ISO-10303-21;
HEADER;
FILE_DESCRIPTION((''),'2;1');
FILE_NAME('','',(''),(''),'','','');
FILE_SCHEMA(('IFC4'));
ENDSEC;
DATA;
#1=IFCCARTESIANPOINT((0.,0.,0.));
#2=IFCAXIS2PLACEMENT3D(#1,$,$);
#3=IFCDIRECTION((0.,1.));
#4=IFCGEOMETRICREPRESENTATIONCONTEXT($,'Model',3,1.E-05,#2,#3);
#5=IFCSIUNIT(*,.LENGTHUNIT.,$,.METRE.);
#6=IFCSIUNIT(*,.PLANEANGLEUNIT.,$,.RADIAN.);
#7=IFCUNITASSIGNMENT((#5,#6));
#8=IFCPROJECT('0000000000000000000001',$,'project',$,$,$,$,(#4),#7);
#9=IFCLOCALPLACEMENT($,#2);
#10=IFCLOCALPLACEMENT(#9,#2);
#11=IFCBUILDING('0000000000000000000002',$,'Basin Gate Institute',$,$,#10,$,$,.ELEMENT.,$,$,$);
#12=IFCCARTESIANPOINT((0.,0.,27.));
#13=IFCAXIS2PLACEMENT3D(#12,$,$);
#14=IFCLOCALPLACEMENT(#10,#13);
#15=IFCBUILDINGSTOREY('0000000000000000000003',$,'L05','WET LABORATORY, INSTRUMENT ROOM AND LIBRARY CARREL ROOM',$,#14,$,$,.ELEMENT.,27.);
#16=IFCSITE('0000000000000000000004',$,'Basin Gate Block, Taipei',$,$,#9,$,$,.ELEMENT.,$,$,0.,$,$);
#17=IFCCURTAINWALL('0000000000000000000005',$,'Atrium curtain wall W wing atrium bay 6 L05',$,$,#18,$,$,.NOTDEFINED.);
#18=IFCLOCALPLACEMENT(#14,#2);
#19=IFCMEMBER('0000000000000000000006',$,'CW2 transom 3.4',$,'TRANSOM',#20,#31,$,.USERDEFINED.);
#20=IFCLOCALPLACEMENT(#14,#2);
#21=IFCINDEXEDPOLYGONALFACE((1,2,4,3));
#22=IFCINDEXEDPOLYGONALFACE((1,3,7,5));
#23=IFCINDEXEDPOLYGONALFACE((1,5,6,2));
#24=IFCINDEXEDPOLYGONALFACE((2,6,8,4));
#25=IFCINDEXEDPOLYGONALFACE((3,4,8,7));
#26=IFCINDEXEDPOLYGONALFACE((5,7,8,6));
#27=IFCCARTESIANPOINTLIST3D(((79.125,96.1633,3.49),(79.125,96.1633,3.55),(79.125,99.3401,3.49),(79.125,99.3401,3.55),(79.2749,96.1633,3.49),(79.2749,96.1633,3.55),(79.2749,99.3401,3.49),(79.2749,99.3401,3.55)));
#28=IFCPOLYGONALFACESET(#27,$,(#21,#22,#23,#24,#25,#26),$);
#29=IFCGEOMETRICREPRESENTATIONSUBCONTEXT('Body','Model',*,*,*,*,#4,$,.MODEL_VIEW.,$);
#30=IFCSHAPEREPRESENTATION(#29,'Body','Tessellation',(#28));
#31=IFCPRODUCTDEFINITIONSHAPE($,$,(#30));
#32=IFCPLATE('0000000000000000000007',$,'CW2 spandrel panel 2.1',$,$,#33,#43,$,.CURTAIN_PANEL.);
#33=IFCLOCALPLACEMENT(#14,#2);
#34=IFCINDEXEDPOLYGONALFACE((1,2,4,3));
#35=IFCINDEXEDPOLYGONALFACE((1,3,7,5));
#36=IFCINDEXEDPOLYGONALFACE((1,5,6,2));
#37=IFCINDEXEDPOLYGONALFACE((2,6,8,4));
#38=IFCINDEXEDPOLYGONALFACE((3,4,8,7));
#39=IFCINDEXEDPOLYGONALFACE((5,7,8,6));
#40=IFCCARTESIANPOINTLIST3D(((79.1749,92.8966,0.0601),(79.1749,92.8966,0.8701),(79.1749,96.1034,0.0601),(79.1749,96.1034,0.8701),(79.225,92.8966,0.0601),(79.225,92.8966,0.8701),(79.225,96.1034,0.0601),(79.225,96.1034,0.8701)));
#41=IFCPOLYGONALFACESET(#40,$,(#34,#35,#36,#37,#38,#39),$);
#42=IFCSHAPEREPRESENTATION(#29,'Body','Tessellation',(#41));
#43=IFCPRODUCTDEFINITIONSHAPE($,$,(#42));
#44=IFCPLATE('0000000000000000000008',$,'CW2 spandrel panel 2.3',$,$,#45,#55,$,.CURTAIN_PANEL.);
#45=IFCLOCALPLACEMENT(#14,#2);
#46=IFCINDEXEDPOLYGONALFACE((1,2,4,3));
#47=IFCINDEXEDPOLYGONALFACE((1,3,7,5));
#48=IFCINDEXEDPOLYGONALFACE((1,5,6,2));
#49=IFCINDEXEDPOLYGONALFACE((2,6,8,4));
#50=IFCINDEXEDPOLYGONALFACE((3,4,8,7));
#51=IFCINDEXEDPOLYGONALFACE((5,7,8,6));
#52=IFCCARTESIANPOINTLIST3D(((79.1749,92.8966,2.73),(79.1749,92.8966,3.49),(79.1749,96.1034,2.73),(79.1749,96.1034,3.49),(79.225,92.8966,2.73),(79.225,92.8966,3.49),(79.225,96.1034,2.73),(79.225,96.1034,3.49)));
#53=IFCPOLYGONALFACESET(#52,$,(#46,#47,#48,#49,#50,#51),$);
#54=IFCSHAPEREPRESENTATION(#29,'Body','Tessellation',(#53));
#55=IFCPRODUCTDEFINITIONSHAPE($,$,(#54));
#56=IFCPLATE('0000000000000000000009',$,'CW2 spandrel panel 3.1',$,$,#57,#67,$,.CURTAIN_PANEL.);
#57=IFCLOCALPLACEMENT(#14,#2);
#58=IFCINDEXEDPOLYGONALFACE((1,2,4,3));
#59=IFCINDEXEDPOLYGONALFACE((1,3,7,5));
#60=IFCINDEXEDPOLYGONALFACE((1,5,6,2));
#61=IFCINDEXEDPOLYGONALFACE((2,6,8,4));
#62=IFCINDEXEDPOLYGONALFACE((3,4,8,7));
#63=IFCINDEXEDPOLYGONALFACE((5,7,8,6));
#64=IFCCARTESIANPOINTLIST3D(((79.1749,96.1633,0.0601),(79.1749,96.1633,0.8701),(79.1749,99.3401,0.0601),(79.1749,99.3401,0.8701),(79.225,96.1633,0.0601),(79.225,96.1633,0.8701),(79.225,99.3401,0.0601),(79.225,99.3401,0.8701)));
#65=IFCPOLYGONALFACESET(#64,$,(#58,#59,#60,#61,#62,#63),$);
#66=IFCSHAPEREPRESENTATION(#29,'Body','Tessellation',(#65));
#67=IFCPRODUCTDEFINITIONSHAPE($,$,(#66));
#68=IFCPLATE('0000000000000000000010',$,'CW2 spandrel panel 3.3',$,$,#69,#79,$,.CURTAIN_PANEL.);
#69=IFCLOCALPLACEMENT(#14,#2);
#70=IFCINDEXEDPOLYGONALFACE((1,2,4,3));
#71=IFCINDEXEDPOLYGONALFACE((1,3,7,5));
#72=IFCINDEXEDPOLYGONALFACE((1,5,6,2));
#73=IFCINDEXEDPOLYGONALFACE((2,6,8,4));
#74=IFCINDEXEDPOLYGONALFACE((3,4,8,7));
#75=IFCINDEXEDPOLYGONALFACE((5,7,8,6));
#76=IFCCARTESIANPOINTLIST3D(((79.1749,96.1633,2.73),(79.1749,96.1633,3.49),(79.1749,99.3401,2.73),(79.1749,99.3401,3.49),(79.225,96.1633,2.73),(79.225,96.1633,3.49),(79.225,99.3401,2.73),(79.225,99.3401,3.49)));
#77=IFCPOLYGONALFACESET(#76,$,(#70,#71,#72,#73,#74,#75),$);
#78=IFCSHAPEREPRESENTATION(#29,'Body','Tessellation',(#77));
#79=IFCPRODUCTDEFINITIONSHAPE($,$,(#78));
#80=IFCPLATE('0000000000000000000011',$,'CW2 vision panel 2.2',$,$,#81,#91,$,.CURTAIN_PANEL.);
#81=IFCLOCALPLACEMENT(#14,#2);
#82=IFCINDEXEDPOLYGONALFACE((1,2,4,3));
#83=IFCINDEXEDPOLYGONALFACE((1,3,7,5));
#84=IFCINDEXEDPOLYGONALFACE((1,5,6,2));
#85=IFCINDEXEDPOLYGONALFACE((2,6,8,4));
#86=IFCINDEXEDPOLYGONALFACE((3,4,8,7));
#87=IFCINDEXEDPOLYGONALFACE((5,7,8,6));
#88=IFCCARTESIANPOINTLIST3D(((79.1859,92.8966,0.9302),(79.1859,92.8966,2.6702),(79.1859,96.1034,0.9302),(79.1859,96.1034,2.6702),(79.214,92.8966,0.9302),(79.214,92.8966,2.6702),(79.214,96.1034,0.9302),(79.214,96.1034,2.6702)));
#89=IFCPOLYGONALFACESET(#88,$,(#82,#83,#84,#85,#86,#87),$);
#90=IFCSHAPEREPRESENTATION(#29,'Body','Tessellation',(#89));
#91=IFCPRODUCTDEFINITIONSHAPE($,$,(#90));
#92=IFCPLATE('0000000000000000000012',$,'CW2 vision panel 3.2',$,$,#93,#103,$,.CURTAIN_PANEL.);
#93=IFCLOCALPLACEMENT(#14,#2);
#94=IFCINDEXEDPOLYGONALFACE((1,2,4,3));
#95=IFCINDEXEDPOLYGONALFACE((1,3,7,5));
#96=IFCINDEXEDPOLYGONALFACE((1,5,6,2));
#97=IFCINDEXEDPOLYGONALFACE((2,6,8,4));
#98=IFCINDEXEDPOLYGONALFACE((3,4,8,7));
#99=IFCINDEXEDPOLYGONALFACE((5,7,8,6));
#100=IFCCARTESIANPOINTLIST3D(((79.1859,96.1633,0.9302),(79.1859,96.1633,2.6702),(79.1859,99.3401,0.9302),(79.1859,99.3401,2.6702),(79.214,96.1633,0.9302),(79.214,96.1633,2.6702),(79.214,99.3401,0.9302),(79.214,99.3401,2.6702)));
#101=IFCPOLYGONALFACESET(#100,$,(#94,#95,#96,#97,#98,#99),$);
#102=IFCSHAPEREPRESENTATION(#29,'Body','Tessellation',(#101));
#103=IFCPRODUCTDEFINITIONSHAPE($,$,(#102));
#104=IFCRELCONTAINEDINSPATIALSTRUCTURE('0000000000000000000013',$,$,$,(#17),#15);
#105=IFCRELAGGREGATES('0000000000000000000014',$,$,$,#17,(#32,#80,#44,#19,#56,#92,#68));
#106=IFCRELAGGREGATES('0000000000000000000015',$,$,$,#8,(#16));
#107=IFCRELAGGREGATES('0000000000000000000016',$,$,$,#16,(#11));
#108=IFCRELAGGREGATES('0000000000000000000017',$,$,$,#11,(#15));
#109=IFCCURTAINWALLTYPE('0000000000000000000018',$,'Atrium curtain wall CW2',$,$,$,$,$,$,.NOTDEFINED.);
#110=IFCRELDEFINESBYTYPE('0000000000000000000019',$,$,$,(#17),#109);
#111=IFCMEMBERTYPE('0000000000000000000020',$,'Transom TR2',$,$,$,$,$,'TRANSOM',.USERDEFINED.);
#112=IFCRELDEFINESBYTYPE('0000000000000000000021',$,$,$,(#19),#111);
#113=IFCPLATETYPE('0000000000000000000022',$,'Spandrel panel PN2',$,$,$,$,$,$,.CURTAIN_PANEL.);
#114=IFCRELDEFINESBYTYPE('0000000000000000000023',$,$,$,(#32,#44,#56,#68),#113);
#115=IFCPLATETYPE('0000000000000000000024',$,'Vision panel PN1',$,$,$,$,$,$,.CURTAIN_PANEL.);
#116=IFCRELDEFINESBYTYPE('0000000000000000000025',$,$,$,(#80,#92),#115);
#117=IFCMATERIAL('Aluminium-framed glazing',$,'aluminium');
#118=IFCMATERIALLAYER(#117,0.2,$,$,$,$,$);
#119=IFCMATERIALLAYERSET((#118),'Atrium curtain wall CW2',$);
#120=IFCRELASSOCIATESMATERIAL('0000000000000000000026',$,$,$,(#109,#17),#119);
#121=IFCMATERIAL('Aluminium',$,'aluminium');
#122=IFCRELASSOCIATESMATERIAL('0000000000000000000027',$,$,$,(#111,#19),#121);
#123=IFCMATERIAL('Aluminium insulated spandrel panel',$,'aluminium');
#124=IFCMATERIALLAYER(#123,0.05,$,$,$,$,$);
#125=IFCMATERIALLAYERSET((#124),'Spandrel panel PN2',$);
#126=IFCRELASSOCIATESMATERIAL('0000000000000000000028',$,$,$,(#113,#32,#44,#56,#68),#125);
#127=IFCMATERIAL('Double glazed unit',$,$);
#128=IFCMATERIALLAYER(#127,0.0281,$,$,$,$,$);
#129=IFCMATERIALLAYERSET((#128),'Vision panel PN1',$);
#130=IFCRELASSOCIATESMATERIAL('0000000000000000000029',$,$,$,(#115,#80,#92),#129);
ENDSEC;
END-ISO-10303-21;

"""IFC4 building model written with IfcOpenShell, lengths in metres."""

from ifc_helpers import new_model, si_unit, direction, frame, origin, origin_2d, place, context, subcontext, project, spatial, rectangle, extrude, material, layer, layer_set, material_profile, profile_set, type_object, element, aggregate, save


model = new_model("IFC4")

# Units and contexts
model_context = context("Model", 3, precision=1e-05, world=origin(), true_north=direction((0.0, 1.0)))
body_context = subcontext(model_context, "Body", "Model", "MODEL_VIEW")
ifc_project = project(units=[si_unit("LENGTHUNIT", "METRE"), si_unit("PLANEANGLEUNIT", "RADIAN")], contexts=[model_context])

# Site, building, storey
site_placement = place(None, origin())
site = spatial("IfcSite", under=ifc_project, at=site_placement, Name="Basin Gate Block, Taipei", CompositionType="ELEMENT", RefElevation=0.0)
building_placement = place(site_placement, origin())
building = spatial("IfcBuilding", under=site, at=building_placement, Name="Basin Gate Institute", CompositionType="ELEMENT")
storey_placement = place(building_placement, frame((0.0, 0.0, 27.0)))
storey = spatial("IfcBuildingStorey", under=building, at=storey_placement, Name="L05", Description="WET LABORATORY, INSTRUMENT ROOM AND LIBRARY CARREL ROOM", CompositionType="ELEMENT", Elevation=27.0)

# Curtain wall, member, plates
ifc_material_1 = material(Name="Aluminium-framed glazing", Category="aluminium")
ifc_layer_1 = layer(ifc_material_1, 0.2)
ifc_layer_set_1 = layer_set([ifc_layer_1], Name="Atrium curtain wall CW2")
curtain_wall_type = type_object("IfcCurtainWallType", Name="Atrium curtain wall CW2", PredefinedType="NOTDEFINED", material=ifc_layer_set_1)
curtain_wall_placement = place(storey_placement, origin())
curtain_wall = element("IfcCurtainWall", 1, at=curtain_wall_placement, inside=storey, type_object=curtain_wall_type, material=ifc_layer_set_1, Name="Atrium curtain wall W wing atrium bay 6 L05", PredefinedType="NOTDEFINED")
ifc_material_2 = material(Name="Aluminium", Category="aluminium")
ifc_material_profile_1 = material_profile(ifc_material_2, rectangle(XDim=0.1499, YDim=0.0601, at=origin_2d()), Name="Transom TR2 150 x 60")
ifc_profile_set_1 = profile_set([ifc_material_profile_1], Name="Aluminium")
member_type_1 = type_object("IfcMemberType", Name="Transom TR2", ElementType="TRANSOM", PredefinedType="USERDEFINED", material=ifc_profile_set_1)
member_1_placement = place(storey_placement, frame((79.2, 96.1633, 3.52), z_axis=(0.0, 1.0, 0.0), x_axis=(-1.0, 0.0, 0.0)))
member_1 = element("IfcMember", 2, at=member_1_placement, type_object=member_type_1, material=ifc_profile_set_1, Name="CW2 transom 3.4", ObjectType="TRANSOM", PredefinedType="USERDEFINED", context=body_context, shape_type="SweptSolid", body=[
    extrude(rectangle(XDim=0.1499, YDim=0.0601, at=origin_2d()), origin(), (0.0, 0.0, 1.0), 3.1768),
])
ifc_material_3 = material(Name="Aluminium insulated spandrel panel", Category="aluminium")
ifc_layer_2 = layer(ifc_material_3, 0.05)
ifc_layer_set_2 = layer_set([ifc_layer_2], Name="Spandrel panel PN2")
plate_type_1 = type_object("IfcPlateType", Name="Spandrel panel PN2", PredefinedType="CURTAIN_PANEL", material=ifc_layer_set_2)
plate_1_placement = place(storey_placement, frame((79.2, 94.5, 0.0601), z_axis=(0.0, 0.0, 1.0), x_axis=(0.0, 1.0, 0.0)))
plate_1 = element("IfcPlate", 3, at=plate_1_placement, type_object=plate_type_1, material=ifc_layer_set_2, Name="CW2 spandrel panel 2.1", PredefinedType="CURTAIN_PANEL", context=body_context, shape_type="SweptSolid", body=[
    extrude(rectangle(XDim=3.2068, YDim=0.05, at=origin_2d()), origin(), (0.0, 0.0, 1.0), 0.8101),
])
plate_2_placement = place(storey_placement, frame((79.2, 94.5, 2.73), z_axis=(0.0, 0.0, 1.0), x_axis=(0.0, 1.0, 0.0)))
plate_2 = element("IfcPlate", 4, at=plate_2_placement, type_object=plate_type_1, material=ifc_layer_set_2, Name="CW2 spandrel panel 2.3", PredefinedType="CURTAIN_PANEL", context=body_context, shape_type="SweptSolid", body=[
    extrude(rectangle(XDim=3.2068, YDim=0.05, at=origin_2d()), origin(), (0.0, 0.0, 1.0), 0.76),
])
plate_3_placement = place(storey_placement, frame((79.2, 97.7517, 0.0601), z_axis=(0.0, 0.0, 1.0), x_axis=(0.0, 1.0, 0.0)))
plate_3 = element("IfcPlate", 5, at=plate_3_placement, type_object=plate_type_1, material=ifc_layer_set_2, Name="CW2 spandrel panel 3.1", PredefinedType="CURTAIN_PANEL", context=body_context, shape_type="SweptSolid", body=[
    extrude(rectangle(XDim=3.1768, YDim=0.05, at=origin_2d()), origin(), (0.0, 0.0, 1.0), 0.8101),
])
plate_4_placement = place(storey_placement, frame((79.2, 97.7517, 2.73), z_axis=(0.0, 0.0, 1.0), x_axis=(0.0, 1.0, 0.0)))
plate_4 = element("IfcPlate", 6, at=plate_4_placement, type_object=plate_type_1, material=ifc_layer_set_2, Name="CW2 spandrel panel 3.3", PredefinedType="CURTAIN_PANEL", context=body_context, shape_type="SweptSolid", body=[
    extrude(rectangle(XDim=3.1768, YDim=0.05, at=origin_2d()), origin(), (0.0, 0.0, 1.0), 0.76),
])
ifc_material_4 = material(Name="Double glazed unit")
ifc_layer_3 = layer(ifc_material_4, 0.0281)
ifc_layer_set_3 = layer_set([ifc_layer_3], Name="Vision panel PN1")
plate_type_2 = type_object("IfcPlateType", Name="Vision panel PN1", PredefinedType="CURTAIN_PANEL", material=ifc_layer_set_3)
plate_5_placement = place(storey_placement, frame((79.2, 94.5, 0.9302), z_axis=(0.0, 0.0, 1.0), x_axis=(0.0, 1.0, 0.0)))
plate_5 = element("IfcPlate", 7, at=plate_5_placement, type_object=plate_type_2, material=ifc_layer_set_3, Name="CW2 vision panel 2.2", PredefinedType="CURTAIN_PANEL", context=body_context, shape_type="SweptSolid", body=[
    extrude(rectangle(XDim=3.2068, YDim=0.0281, at=origin_2d()), origin(), (0.0, 0.0, 1.0), 1.74),
])
plate_6_placement = place(storey_placement, frame((79.2, 97.7517, 0.9302), z_axis=(0.0, 0.0, 1.0), x_axis=(0.0, 1.0, 0.0)))
plate_6 = element("IfcPlate", 8, at=plate_6_placement, type_object=plate_type_2, material=ifc_layer_set_3, Name="CW2 vision panel 3.2", PredefinedType="CURTAIN_PANEL", context=body_context, shape_type="SweptSolid", body=[
    extrude(rectangle(XDim=3.1768, YDim=0.0281, at=origin_2d()), origin(), (0.0, 0.0, 1.0), 1.74),
])
aggregate(curtain_wall, [plate_1, plate_5, plate_2, member_1, plate_3, plate_6, plate_4])

save(model, "model.ifc")
